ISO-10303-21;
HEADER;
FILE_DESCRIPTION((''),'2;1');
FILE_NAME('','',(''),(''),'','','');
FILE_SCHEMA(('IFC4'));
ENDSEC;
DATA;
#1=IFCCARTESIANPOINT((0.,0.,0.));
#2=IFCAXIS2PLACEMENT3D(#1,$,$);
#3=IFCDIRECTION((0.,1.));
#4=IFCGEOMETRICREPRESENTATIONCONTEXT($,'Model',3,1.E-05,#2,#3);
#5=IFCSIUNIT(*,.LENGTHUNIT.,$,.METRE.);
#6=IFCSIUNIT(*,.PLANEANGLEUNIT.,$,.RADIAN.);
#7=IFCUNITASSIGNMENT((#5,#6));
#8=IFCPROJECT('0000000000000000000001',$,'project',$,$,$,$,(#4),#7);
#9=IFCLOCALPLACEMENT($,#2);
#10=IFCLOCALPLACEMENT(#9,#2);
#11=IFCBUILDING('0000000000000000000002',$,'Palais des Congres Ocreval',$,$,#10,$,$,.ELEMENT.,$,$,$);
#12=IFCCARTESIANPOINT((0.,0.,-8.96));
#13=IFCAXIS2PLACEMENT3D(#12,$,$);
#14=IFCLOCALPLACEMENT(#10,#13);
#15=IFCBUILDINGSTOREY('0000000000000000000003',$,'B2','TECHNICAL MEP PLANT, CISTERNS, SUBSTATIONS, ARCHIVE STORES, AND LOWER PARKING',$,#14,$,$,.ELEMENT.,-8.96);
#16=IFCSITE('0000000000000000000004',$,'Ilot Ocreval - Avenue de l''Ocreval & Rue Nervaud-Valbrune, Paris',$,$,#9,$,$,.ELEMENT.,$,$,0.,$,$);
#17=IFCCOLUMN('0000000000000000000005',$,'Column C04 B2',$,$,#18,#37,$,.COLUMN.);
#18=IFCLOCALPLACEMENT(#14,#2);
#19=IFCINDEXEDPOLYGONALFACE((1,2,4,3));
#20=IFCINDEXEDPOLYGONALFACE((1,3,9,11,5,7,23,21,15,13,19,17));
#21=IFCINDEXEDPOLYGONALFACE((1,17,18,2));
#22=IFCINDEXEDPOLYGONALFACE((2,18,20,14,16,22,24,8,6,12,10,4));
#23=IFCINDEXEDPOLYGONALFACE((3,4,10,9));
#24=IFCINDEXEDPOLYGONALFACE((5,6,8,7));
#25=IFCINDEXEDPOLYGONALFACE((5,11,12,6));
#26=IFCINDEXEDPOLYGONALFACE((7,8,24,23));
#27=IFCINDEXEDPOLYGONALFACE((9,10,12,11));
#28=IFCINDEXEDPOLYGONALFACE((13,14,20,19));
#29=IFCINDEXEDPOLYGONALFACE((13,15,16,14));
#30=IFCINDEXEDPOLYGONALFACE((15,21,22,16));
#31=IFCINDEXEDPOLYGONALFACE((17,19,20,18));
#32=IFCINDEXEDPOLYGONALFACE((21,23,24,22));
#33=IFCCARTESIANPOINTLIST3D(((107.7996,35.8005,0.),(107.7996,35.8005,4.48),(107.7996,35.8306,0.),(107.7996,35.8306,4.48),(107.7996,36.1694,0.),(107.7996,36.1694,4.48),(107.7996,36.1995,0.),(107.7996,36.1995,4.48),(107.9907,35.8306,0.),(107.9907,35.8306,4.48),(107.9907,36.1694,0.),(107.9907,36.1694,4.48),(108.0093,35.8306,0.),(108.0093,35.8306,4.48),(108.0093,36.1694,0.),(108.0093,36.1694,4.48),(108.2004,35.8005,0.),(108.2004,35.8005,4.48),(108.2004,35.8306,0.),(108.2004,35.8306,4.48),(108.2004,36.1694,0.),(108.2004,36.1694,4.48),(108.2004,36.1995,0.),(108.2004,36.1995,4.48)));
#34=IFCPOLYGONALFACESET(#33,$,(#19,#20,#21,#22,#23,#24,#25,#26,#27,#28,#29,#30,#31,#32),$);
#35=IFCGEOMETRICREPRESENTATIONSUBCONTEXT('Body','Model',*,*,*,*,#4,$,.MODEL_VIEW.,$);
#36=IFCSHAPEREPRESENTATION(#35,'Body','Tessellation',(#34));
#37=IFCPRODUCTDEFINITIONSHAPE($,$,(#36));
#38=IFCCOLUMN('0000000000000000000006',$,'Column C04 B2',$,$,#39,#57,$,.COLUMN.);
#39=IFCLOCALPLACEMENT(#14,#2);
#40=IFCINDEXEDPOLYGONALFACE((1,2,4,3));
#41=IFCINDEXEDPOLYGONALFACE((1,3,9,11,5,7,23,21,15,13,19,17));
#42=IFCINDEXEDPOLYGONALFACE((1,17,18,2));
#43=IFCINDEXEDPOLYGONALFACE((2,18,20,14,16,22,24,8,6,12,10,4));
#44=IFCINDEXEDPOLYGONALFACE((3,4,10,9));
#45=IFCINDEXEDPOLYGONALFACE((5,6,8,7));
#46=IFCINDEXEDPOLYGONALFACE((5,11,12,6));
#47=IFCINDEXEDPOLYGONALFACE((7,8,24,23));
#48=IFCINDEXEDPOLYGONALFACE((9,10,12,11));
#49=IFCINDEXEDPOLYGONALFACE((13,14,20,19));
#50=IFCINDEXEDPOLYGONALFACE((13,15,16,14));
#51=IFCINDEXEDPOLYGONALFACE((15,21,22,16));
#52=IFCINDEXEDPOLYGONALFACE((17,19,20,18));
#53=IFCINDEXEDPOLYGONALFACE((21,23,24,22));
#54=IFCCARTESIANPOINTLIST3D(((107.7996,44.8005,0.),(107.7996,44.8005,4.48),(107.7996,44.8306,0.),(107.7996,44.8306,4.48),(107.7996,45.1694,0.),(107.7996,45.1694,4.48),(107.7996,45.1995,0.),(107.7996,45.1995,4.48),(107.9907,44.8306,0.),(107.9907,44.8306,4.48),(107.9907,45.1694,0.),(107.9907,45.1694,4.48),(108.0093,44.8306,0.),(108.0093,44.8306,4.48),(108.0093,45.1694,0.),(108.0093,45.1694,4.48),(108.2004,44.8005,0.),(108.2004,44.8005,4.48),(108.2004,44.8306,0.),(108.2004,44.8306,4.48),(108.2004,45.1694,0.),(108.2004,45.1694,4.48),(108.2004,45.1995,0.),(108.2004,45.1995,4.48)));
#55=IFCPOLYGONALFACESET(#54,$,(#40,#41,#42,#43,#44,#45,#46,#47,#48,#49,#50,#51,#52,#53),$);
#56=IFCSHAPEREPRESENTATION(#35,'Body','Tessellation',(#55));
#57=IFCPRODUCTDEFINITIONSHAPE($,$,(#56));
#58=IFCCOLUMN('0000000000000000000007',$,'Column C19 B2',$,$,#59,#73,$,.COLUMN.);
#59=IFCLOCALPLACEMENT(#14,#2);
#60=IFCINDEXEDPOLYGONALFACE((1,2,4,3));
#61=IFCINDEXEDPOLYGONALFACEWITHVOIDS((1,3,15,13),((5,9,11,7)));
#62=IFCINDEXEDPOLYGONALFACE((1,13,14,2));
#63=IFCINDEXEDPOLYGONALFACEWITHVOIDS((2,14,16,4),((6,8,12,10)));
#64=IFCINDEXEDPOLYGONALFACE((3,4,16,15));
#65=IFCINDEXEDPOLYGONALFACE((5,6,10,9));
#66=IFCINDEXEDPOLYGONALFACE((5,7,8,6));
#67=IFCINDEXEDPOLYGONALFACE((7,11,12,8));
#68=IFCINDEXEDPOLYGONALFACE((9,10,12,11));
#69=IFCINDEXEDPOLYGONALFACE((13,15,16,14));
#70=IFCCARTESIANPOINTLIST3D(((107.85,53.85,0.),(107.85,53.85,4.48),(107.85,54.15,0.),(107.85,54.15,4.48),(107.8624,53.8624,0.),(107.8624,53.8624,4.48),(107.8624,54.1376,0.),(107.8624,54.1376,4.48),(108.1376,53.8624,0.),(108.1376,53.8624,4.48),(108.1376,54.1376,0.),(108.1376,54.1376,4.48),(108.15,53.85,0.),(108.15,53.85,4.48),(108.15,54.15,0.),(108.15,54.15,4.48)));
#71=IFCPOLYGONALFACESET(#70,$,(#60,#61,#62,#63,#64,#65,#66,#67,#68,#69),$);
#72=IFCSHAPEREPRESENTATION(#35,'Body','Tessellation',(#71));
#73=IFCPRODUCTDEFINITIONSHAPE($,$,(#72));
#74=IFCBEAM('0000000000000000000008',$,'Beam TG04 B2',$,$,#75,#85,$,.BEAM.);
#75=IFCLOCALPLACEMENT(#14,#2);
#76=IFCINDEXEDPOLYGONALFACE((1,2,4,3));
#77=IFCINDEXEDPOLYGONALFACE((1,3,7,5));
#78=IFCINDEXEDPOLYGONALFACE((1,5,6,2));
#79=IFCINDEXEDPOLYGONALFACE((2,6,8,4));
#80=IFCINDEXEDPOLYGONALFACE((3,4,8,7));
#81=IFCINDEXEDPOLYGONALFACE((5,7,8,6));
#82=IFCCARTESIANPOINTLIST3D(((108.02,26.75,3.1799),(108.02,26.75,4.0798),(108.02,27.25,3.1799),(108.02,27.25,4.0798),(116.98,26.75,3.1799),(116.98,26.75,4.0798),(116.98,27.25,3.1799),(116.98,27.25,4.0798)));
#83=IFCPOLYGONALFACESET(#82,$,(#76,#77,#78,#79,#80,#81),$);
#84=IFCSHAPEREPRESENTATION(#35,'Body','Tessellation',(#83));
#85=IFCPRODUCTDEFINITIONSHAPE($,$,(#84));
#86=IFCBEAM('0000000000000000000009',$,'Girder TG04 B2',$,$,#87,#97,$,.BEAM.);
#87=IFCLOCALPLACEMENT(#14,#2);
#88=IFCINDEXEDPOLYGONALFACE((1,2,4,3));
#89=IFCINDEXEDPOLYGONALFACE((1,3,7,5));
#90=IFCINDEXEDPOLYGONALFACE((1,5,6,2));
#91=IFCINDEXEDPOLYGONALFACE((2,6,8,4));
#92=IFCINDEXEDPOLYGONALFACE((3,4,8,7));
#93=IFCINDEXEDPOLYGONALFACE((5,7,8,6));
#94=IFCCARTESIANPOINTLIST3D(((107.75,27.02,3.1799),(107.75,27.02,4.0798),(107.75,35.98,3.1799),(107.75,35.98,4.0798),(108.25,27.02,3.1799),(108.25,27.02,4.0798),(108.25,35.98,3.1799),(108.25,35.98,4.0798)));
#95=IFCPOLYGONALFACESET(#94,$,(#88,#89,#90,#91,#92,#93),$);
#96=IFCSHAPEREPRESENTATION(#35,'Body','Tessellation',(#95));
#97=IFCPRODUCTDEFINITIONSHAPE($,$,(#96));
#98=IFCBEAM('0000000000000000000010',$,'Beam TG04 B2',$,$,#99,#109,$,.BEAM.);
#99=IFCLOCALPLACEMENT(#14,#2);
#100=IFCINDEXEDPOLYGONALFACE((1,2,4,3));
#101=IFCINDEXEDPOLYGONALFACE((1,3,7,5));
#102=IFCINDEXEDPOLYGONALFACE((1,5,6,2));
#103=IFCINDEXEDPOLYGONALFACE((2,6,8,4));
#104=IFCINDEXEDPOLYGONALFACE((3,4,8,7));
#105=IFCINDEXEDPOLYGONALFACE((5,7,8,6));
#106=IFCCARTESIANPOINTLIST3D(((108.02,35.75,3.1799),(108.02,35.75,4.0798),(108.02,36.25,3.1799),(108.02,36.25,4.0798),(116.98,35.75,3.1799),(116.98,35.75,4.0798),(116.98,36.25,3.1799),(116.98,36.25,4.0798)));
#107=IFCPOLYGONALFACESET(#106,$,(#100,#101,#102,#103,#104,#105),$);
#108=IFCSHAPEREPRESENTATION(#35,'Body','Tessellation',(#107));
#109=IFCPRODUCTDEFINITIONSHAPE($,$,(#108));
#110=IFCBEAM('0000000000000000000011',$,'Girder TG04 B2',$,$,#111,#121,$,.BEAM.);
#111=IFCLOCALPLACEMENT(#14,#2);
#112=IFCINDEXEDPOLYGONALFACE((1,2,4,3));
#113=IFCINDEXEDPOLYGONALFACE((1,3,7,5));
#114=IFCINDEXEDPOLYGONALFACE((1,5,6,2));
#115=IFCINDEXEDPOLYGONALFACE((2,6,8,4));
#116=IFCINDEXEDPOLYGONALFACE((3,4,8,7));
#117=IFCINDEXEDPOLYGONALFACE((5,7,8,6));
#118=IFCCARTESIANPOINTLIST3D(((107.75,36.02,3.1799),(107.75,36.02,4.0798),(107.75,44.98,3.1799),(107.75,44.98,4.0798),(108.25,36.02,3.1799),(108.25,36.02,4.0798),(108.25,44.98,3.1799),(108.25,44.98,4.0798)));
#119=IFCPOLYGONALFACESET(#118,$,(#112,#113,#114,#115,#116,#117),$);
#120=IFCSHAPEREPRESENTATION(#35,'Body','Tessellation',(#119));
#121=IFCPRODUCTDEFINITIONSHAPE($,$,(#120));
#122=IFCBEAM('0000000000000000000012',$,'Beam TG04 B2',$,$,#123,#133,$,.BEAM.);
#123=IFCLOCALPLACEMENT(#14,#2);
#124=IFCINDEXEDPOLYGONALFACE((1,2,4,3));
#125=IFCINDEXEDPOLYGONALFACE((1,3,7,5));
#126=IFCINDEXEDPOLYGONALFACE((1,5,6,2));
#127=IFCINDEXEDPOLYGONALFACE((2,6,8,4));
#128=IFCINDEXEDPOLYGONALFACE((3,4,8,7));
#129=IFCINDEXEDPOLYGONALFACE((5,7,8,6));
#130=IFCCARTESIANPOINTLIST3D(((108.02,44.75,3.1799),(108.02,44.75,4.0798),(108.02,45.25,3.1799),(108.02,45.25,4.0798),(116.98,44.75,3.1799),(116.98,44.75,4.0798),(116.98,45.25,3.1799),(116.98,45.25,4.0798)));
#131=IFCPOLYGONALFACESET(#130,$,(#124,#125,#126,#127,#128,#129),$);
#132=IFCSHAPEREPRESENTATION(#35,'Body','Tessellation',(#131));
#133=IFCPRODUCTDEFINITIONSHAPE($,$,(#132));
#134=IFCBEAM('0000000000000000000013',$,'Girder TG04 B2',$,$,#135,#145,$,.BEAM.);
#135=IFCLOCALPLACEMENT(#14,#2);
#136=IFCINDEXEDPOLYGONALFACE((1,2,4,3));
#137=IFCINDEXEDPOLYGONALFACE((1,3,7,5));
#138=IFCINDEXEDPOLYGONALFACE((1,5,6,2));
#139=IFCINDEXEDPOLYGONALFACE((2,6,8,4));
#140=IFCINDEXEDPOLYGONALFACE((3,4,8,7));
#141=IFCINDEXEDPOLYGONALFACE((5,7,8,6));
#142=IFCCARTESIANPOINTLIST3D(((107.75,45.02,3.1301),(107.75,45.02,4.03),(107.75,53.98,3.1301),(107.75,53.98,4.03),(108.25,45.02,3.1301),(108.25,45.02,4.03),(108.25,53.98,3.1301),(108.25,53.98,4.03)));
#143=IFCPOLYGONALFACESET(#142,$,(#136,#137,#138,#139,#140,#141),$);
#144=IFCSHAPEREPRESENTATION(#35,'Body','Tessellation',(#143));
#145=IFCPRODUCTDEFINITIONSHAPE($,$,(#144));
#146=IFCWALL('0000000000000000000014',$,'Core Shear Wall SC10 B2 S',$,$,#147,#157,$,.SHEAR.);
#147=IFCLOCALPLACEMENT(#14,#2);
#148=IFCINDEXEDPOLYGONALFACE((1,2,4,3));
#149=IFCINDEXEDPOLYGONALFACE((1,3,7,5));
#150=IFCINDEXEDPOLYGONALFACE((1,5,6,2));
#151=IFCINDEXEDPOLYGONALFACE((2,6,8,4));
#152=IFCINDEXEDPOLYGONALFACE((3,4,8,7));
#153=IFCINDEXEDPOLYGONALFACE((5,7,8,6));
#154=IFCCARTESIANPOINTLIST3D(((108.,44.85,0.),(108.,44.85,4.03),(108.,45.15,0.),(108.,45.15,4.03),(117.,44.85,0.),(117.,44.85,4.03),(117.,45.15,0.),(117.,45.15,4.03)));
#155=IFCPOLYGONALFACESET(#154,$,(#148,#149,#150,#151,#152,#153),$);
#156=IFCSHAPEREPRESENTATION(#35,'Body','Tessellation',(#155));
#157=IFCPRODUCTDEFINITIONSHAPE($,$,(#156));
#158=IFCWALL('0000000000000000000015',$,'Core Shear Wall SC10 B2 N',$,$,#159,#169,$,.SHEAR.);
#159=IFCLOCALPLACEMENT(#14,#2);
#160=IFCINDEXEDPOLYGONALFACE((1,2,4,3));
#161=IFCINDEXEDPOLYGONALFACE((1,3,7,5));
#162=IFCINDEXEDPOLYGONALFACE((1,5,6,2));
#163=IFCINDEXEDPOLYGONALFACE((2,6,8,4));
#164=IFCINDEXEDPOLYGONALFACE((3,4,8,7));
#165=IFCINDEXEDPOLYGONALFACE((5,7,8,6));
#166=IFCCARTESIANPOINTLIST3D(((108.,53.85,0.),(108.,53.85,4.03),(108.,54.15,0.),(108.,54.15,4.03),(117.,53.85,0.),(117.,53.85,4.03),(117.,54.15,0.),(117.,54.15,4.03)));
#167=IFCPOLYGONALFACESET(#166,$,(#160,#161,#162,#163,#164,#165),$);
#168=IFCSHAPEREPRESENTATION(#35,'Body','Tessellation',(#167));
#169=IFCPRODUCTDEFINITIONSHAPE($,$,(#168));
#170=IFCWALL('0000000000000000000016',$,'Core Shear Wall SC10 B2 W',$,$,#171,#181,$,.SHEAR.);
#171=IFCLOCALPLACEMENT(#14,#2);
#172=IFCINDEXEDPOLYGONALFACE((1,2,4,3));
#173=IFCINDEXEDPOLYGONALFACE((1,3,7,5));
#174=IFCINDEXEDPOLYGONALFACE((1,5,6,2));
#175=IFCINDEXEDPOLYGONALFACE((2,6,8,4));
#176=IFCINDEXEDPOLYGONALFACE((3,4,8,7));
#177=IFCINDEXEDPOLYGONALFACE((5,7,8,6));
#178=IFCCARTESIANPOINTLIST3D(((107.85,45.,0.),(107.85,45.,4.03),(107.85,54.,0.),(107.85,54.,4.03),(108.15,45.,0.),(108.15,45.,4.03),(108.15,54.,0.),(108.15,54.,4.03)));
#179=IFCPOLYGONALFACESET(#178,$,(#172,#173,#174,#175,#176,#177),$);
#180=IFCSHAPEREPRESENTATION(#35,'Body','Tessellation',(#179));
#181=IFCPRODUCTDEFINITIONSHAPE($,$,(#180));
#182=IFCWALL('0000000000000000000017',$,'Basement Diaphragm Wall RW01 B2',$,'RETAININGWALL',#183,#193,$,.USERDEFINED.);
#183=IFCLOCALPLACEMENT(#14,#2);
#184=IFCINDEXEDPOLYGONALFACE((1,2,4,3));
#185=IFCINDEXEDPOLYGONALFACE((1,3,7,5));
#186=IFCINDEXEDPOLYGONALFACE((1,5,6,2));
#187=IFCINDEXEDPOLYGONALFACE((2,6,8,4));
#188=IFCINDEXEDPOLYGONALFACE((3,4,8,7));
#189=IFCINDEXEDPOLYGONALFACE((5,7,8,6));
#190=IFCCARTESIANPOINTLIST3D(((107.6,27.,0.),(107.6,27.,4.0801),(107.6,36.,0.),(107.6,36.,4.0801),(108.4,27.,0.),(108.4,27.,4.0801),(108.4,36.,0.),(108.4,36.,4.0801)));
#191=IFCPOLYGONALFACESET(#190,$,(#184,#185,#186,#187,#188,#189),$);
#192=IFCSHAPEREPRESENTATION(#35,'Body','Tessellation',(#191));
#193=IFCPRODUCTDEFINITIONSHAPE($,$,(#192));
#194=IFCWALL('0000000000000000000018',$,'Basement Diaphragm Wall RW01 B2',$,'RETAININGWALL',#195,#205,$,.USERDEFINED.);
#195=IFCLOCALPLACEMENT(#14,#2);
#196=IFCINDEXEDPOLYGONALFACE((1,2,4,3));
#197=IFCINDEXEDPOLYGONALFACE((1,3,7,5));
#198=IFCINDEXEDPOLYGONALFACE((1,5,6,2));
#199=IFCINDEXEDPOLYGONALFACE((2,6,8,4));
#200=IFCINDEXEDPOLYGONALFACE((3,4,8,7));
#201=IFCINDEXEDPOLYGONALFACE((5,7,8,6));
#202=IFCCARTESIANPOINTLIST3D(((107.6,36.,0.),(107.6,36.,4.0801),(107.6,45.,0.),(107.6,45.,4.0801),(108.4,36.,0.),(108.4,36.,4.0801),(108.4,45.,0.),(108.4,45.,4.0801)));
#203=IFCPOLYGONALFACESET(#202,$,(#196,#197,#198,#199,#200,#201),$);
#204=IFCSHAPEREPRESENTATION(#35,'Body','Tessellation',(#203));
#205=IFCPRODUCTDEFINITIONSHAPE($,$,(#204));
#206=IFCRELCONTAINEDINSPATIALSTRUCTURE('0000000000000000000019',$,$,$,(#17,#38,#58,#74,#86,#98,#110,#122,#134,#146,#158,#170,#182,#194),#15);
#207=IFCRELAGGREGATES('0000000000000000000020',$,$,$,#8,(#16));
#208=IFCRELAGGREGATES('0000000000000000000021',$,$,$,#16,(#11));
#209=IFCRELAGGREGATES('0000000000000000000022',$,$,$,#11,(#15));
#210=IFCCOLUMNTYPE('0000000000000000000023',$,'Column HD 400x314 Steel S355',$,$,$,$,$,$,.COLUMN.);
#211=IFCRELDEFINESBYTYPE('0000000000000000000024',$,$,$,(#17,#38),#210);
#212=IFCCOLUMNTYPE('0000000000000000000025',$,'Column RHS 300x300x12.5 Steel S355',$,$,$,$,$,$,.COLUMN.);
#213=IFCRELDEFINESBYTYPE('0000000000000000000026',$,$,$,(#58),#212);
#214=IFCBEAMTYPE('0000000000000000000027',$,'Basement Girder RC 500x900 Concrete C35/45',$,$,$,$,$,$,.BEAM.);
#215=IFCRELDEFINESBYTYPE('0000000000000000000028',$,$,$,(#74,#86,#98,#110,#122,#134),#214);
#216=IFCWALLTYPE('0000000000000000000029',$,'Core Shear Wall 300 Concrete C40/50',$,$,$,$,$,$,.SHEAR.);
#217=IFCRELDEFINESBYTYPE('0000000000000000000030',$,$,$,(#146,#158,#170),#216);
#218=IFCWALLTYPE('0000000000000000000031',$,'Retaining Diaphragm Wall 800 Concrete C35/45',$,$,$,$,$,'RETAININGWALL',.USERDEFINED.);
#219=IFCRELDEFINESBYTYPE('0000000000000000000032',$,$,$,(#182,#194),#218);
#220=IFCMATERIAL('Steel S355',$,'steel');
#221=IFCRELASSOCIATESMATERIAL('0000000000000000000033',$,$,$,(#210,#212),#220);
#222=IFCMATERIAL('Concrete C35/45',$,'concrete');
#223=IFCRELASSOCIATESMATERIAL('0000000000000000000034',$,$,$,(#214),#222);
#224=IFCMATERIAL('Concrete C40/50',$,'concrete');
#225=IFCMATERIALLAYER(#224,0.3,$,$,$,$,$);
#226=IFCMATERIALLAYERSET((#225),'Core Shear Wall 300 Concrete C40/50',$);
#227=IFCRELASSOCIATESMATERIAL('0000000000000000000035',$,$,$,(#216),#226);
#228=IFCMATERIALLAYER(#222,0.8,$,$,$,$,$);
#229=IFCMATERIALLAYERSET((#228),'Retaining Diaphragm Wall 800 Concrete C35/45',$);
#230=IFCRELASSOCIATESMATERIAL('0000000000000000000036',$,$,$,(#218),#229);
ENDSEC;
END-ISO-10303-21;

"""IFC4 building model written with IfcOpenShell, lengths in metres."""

from ifc_helpers import new_model, si_unit, direction, frame, frame_2d, origin, origin_2d, place, context, subcontext, project, spatial, rectangle, hollow_rectangle, i_section, extrude, material, layer, layer_set, material_profile, profile_set, type_object, element, save


model = new_model("IFC4")

# Units and contexts
model_context = context("Model", 3, precision=1e-05, world=origin(), true_north=direction((0.0, 1.0)))
body_context = subcontext(model_context, "Body", "Model", "MODEL_VIEW")
ifc_project = project(units=[si_unit("LENGTHUNIT", "METRE"), si_unit("PLANEANGLEUNIT", "RADIAN")], contexts=[model_context])

# Site, building, storey
site_placement = place(None, origin())
site = spatial("IfcSite", under=ifc_project, at=site_placement, Name="Ilot Ocreval - Avenue de l'Ocreval & Rue Nervaud-Valbrune, Paris", CompositionType="ELEMENT", RefElevation=0.0)
building_placement = place(site_placement, origin())
building = spatial("IfcBuilding", under=site, at=building_placement, Name="Palais des Congres Ocreval", CompositionType="ELEMENT")
storey_placement = place(building_placement, frame((0.0, 0.0, -8.96)))
storey = spatial("IfcBuildingStorey", under=building, at=storey_placement, Name="B2", Description="TECHNICAL MEP PLANT, CISTERNS, SUBSTATIONS, ARCHIVE STORES, AND LOWER PARKING", CompositionType="ELEMENT", Elevation=-8.96)

# Shared definitions
ifc_material_1 = material(Name="Concrete C35/45", Category="concrete")

# Columns
ifc_material_2 = material(Name="Steel S355", Category="steel")
ifc_material_profile_1 = material_profile(ifc_material_2, i_section(OverallWidth=0.4009, OverallDepth=0.3989, WebThickness=0.0186, FlangeThickness=0.03, at=origin_2d()), Name="HD 400x314")
ifc_profile_set_1 = profile_set([ifc_material_profile_1], Name="Steel S355")
column_type_1 = type_object("IfcColumnType", Name="Column HD 400x314 Steel S355", PredefinedType="COLUMN", material=ifc_profile_set_1)
for number, where, z_axis, x_axis, name in (
    (1, (108.0, 36.0, 0.0), (0.0, 0.0, 1.0), (1.0, 0.0, 0.0), "Column C04 B2"),
    (2, (108.0, 45.0, 0.0), (0.0, 0.0, 1.0), (1.0, 0.0, 0.0), "Column C04 B2"),
):
    element("IfcColumn", number, at=place(storey_placement, frame(where, z_axis=z_axis, x_axis=x_axis)), inside=storey, type_object=column_type_1, Name=name, PredefinedType="COLUMN", context=body_context, shape_type="SweptSolid", body=[
        extrude(i_section(OverallWidth=0.4009, OverallDepth=0.3989, WebThickness=0.0186, FlangeThickness=0.03, at=origin_2d()), origin(), (0.0, 0.0, 1.0), 4.48),
    ])
ifc_material_profile_2 = material_profile(ifc_material_2, hollow_rectangle(XDim=0.3, YDim=0.3, WallThickness=0.0125, at=origin_2d()), Name="RHS 300x300x12.5")
ifc_profile_set_2 = profile_set([ifc_material_profile_2], Name="Steel S355")
column_type_2 = type_object("IfcColumnType", Name="Column RHS 300x300x12.5 Steel S355", PredefinedType="COLUMN", material=ifc_profile_set_2)
column_placement = place(storey_placement, frame((108.0, 54.0, 0.0), z_axis=(0.0, 0.0, 1.0), x_axis=(1.0, 0.0, 0.0)))
element("IfcColumn", 3, at=column_placement, inside=storey, type_object=column_type_2, Name="Column C19 B2", PredefinedType="COLUMN", context=body_context, shape_type="SweptSolid", body=[
    extrude(hollow_rectangle(XDim=0.3, YDim=0.3, WallThickness=0.0125, at=origin_2d()), origin(), (0.0, 0.0, 1.0), 4.48),
])

# Beams
ifc_material_profile_3 = material_profile(ifc_material_1, rectangle(XDim=0.5, YDim=0.8999, at=origin_2d()), Name="RC 500x900")
ifc_profile_set_3 = profile_set([ifc_material_profile_3], Name="Concrete C35/45")
beam_type = type_object("IfcBeamType", Name="Basement Girder RC 500x900 Concrete C35/45", PredefinedType="BEAM", material=ifc_profile_set_3)
for number, where, z_axis, x_axis, name in (
    (4, (108.02, 27.0, 3.6299), (1.0, 0.0, 0.0), (0.0, 1.0, 0.0), "Beam TG04 B2"),
    (5, (108.0, 27.02, 3.6299), (0.0, 1.0, 0.0), (-1.0, 0.0, 0.0), "Girder TG04 B2"),
    (6, (108.02, 36.0, 3.6299), (1.0, 0.0, 0.0), (0.0, 1.0, 0.0), "Beam TG04 B2"),
    (7, (108.0, 36.02, 3.6299), (0.0, 1.0, 0.0), (-1.0, 0.0, 0.0), "Girder TG04 B2"),
    (8, (108.02, 45.0, 3.6299), (1.0, 0.0, 0.0), (0.0, 1.0, 0.0), "Beam TG04 B2"),
    (9, (108.0, 45.02, 3.5801), (0.0, 1.0, 0.0), (-1.0, 0.0, 0.0), "Girder TG04 B2"),
):
    element("IfcBeam", number, at=place(storey_placement, frame(where, z_axis=z_axis, x_axis=x_axis)), inside=storey, type_object=beam_type, Name=name, PredefinedType="BEAM", context=body_context, shape_type="SweptSolid", body=[
        extrude(rectangle(XDim=0.5, YDim=0.8999, at=origin_2d()), origin(), (0.0, 0.0, 1.0), 8.96),
    ])

# Walls
ifc_material_3 = material(Name="Concrete C40/50", Category="concrete")
ifc_layer_1 = layer(ifc_material_3, 0.3)
ifc_layer_set_1 = layer_set([ifc_layer_1], Name="Core Shear Wall 300 Concrete C40/50")
wall_type_1 = type_object("IfcWallType", Name="Core Shear Wall 300 Concrete C40/50", PredefinedType="SHEAR", material=ifc_layer_set_1)
for number, where, z_axis, x_axis, name in (
    (10, (108.0, 45.0, 0.0), (0.0, 0.0, 1.0), (1.0, 0.0, 0.0), "Core Shear Wall SC10 B2 S"),
    (11, (108.0, 54.0, 0.0), (0.0, 0.0, 1.0), (1.0, 0.0, 0.0), "Core Shear Wall SC10 B2 N"),
    (12, (108.0, 45.0, 0.0), (0.0, 0.0, 1.0), (0.0, 1.0, 0.0), "Core Shear Wall SC10 B2 W"),
):
    element("IfcWall", number, at=place(storey_placement, frame(where, z_axis=z_axis, x_axis=x_axis)), inside=storey, type_object=wall_type_1, Name=name, PredefinedType="SHEAR", context=body_context, shape_type="SweptSolid", body=[
        extrude(rectangle(XDim=9.0, YDim=0.3, at=frame_2d((4.5, 0.0))), origin(), (0.0, 0.0, 1.0), 4.03),
    ])
ifc_layer_2 = layer(ifc_material_1, 0.8)
ifc_layer_set_2 = layer_set([ifc_layer_2], Name="Retaining Diaphragm Wall 800 Concrete C35/45")
wall_type_2 = type_object("IfcWallType", Name="Retaining Diaphragm Wall 800 Concrete C35/45", ElementType="RETAININGWALL", PredefinedType="USERDEFINED", material=ifc_layer_set_2)
for number, where, z_axis, x_axis, name in (
    (13, (108.0, 27.0, 0.0), (0.0, 0.0, 1.0), (0.0, 1.0, 0.0), "Basement Diaphragm Wall RW01 B2"),
    (14, (108.0, 36.0, 0.0), (0.0, 0.0, 1.0), (0.0, 1.0, 0.0), "Basement Diaphragm Wall RW01 B2"),
):
    element("IfcWall", number, at=place(storey_placement, frame(where, z_axis=z_axis, x_axis=x_axis)), inside=storey, type_object=wall_type_2, Name=name, ObjectType="RETAININGWALL", PredefinedType="USERDEFINED", context=body_context, shape_type="SweptSolid", body=[
        extrude(rectangle(XDim=9.0, YDim=0.8, at=frame_2d((4.5, 0.0))), origin(), (0.0, 0.0, 1.0), 4.0801),
    ])

save(model, "model.ifc")
